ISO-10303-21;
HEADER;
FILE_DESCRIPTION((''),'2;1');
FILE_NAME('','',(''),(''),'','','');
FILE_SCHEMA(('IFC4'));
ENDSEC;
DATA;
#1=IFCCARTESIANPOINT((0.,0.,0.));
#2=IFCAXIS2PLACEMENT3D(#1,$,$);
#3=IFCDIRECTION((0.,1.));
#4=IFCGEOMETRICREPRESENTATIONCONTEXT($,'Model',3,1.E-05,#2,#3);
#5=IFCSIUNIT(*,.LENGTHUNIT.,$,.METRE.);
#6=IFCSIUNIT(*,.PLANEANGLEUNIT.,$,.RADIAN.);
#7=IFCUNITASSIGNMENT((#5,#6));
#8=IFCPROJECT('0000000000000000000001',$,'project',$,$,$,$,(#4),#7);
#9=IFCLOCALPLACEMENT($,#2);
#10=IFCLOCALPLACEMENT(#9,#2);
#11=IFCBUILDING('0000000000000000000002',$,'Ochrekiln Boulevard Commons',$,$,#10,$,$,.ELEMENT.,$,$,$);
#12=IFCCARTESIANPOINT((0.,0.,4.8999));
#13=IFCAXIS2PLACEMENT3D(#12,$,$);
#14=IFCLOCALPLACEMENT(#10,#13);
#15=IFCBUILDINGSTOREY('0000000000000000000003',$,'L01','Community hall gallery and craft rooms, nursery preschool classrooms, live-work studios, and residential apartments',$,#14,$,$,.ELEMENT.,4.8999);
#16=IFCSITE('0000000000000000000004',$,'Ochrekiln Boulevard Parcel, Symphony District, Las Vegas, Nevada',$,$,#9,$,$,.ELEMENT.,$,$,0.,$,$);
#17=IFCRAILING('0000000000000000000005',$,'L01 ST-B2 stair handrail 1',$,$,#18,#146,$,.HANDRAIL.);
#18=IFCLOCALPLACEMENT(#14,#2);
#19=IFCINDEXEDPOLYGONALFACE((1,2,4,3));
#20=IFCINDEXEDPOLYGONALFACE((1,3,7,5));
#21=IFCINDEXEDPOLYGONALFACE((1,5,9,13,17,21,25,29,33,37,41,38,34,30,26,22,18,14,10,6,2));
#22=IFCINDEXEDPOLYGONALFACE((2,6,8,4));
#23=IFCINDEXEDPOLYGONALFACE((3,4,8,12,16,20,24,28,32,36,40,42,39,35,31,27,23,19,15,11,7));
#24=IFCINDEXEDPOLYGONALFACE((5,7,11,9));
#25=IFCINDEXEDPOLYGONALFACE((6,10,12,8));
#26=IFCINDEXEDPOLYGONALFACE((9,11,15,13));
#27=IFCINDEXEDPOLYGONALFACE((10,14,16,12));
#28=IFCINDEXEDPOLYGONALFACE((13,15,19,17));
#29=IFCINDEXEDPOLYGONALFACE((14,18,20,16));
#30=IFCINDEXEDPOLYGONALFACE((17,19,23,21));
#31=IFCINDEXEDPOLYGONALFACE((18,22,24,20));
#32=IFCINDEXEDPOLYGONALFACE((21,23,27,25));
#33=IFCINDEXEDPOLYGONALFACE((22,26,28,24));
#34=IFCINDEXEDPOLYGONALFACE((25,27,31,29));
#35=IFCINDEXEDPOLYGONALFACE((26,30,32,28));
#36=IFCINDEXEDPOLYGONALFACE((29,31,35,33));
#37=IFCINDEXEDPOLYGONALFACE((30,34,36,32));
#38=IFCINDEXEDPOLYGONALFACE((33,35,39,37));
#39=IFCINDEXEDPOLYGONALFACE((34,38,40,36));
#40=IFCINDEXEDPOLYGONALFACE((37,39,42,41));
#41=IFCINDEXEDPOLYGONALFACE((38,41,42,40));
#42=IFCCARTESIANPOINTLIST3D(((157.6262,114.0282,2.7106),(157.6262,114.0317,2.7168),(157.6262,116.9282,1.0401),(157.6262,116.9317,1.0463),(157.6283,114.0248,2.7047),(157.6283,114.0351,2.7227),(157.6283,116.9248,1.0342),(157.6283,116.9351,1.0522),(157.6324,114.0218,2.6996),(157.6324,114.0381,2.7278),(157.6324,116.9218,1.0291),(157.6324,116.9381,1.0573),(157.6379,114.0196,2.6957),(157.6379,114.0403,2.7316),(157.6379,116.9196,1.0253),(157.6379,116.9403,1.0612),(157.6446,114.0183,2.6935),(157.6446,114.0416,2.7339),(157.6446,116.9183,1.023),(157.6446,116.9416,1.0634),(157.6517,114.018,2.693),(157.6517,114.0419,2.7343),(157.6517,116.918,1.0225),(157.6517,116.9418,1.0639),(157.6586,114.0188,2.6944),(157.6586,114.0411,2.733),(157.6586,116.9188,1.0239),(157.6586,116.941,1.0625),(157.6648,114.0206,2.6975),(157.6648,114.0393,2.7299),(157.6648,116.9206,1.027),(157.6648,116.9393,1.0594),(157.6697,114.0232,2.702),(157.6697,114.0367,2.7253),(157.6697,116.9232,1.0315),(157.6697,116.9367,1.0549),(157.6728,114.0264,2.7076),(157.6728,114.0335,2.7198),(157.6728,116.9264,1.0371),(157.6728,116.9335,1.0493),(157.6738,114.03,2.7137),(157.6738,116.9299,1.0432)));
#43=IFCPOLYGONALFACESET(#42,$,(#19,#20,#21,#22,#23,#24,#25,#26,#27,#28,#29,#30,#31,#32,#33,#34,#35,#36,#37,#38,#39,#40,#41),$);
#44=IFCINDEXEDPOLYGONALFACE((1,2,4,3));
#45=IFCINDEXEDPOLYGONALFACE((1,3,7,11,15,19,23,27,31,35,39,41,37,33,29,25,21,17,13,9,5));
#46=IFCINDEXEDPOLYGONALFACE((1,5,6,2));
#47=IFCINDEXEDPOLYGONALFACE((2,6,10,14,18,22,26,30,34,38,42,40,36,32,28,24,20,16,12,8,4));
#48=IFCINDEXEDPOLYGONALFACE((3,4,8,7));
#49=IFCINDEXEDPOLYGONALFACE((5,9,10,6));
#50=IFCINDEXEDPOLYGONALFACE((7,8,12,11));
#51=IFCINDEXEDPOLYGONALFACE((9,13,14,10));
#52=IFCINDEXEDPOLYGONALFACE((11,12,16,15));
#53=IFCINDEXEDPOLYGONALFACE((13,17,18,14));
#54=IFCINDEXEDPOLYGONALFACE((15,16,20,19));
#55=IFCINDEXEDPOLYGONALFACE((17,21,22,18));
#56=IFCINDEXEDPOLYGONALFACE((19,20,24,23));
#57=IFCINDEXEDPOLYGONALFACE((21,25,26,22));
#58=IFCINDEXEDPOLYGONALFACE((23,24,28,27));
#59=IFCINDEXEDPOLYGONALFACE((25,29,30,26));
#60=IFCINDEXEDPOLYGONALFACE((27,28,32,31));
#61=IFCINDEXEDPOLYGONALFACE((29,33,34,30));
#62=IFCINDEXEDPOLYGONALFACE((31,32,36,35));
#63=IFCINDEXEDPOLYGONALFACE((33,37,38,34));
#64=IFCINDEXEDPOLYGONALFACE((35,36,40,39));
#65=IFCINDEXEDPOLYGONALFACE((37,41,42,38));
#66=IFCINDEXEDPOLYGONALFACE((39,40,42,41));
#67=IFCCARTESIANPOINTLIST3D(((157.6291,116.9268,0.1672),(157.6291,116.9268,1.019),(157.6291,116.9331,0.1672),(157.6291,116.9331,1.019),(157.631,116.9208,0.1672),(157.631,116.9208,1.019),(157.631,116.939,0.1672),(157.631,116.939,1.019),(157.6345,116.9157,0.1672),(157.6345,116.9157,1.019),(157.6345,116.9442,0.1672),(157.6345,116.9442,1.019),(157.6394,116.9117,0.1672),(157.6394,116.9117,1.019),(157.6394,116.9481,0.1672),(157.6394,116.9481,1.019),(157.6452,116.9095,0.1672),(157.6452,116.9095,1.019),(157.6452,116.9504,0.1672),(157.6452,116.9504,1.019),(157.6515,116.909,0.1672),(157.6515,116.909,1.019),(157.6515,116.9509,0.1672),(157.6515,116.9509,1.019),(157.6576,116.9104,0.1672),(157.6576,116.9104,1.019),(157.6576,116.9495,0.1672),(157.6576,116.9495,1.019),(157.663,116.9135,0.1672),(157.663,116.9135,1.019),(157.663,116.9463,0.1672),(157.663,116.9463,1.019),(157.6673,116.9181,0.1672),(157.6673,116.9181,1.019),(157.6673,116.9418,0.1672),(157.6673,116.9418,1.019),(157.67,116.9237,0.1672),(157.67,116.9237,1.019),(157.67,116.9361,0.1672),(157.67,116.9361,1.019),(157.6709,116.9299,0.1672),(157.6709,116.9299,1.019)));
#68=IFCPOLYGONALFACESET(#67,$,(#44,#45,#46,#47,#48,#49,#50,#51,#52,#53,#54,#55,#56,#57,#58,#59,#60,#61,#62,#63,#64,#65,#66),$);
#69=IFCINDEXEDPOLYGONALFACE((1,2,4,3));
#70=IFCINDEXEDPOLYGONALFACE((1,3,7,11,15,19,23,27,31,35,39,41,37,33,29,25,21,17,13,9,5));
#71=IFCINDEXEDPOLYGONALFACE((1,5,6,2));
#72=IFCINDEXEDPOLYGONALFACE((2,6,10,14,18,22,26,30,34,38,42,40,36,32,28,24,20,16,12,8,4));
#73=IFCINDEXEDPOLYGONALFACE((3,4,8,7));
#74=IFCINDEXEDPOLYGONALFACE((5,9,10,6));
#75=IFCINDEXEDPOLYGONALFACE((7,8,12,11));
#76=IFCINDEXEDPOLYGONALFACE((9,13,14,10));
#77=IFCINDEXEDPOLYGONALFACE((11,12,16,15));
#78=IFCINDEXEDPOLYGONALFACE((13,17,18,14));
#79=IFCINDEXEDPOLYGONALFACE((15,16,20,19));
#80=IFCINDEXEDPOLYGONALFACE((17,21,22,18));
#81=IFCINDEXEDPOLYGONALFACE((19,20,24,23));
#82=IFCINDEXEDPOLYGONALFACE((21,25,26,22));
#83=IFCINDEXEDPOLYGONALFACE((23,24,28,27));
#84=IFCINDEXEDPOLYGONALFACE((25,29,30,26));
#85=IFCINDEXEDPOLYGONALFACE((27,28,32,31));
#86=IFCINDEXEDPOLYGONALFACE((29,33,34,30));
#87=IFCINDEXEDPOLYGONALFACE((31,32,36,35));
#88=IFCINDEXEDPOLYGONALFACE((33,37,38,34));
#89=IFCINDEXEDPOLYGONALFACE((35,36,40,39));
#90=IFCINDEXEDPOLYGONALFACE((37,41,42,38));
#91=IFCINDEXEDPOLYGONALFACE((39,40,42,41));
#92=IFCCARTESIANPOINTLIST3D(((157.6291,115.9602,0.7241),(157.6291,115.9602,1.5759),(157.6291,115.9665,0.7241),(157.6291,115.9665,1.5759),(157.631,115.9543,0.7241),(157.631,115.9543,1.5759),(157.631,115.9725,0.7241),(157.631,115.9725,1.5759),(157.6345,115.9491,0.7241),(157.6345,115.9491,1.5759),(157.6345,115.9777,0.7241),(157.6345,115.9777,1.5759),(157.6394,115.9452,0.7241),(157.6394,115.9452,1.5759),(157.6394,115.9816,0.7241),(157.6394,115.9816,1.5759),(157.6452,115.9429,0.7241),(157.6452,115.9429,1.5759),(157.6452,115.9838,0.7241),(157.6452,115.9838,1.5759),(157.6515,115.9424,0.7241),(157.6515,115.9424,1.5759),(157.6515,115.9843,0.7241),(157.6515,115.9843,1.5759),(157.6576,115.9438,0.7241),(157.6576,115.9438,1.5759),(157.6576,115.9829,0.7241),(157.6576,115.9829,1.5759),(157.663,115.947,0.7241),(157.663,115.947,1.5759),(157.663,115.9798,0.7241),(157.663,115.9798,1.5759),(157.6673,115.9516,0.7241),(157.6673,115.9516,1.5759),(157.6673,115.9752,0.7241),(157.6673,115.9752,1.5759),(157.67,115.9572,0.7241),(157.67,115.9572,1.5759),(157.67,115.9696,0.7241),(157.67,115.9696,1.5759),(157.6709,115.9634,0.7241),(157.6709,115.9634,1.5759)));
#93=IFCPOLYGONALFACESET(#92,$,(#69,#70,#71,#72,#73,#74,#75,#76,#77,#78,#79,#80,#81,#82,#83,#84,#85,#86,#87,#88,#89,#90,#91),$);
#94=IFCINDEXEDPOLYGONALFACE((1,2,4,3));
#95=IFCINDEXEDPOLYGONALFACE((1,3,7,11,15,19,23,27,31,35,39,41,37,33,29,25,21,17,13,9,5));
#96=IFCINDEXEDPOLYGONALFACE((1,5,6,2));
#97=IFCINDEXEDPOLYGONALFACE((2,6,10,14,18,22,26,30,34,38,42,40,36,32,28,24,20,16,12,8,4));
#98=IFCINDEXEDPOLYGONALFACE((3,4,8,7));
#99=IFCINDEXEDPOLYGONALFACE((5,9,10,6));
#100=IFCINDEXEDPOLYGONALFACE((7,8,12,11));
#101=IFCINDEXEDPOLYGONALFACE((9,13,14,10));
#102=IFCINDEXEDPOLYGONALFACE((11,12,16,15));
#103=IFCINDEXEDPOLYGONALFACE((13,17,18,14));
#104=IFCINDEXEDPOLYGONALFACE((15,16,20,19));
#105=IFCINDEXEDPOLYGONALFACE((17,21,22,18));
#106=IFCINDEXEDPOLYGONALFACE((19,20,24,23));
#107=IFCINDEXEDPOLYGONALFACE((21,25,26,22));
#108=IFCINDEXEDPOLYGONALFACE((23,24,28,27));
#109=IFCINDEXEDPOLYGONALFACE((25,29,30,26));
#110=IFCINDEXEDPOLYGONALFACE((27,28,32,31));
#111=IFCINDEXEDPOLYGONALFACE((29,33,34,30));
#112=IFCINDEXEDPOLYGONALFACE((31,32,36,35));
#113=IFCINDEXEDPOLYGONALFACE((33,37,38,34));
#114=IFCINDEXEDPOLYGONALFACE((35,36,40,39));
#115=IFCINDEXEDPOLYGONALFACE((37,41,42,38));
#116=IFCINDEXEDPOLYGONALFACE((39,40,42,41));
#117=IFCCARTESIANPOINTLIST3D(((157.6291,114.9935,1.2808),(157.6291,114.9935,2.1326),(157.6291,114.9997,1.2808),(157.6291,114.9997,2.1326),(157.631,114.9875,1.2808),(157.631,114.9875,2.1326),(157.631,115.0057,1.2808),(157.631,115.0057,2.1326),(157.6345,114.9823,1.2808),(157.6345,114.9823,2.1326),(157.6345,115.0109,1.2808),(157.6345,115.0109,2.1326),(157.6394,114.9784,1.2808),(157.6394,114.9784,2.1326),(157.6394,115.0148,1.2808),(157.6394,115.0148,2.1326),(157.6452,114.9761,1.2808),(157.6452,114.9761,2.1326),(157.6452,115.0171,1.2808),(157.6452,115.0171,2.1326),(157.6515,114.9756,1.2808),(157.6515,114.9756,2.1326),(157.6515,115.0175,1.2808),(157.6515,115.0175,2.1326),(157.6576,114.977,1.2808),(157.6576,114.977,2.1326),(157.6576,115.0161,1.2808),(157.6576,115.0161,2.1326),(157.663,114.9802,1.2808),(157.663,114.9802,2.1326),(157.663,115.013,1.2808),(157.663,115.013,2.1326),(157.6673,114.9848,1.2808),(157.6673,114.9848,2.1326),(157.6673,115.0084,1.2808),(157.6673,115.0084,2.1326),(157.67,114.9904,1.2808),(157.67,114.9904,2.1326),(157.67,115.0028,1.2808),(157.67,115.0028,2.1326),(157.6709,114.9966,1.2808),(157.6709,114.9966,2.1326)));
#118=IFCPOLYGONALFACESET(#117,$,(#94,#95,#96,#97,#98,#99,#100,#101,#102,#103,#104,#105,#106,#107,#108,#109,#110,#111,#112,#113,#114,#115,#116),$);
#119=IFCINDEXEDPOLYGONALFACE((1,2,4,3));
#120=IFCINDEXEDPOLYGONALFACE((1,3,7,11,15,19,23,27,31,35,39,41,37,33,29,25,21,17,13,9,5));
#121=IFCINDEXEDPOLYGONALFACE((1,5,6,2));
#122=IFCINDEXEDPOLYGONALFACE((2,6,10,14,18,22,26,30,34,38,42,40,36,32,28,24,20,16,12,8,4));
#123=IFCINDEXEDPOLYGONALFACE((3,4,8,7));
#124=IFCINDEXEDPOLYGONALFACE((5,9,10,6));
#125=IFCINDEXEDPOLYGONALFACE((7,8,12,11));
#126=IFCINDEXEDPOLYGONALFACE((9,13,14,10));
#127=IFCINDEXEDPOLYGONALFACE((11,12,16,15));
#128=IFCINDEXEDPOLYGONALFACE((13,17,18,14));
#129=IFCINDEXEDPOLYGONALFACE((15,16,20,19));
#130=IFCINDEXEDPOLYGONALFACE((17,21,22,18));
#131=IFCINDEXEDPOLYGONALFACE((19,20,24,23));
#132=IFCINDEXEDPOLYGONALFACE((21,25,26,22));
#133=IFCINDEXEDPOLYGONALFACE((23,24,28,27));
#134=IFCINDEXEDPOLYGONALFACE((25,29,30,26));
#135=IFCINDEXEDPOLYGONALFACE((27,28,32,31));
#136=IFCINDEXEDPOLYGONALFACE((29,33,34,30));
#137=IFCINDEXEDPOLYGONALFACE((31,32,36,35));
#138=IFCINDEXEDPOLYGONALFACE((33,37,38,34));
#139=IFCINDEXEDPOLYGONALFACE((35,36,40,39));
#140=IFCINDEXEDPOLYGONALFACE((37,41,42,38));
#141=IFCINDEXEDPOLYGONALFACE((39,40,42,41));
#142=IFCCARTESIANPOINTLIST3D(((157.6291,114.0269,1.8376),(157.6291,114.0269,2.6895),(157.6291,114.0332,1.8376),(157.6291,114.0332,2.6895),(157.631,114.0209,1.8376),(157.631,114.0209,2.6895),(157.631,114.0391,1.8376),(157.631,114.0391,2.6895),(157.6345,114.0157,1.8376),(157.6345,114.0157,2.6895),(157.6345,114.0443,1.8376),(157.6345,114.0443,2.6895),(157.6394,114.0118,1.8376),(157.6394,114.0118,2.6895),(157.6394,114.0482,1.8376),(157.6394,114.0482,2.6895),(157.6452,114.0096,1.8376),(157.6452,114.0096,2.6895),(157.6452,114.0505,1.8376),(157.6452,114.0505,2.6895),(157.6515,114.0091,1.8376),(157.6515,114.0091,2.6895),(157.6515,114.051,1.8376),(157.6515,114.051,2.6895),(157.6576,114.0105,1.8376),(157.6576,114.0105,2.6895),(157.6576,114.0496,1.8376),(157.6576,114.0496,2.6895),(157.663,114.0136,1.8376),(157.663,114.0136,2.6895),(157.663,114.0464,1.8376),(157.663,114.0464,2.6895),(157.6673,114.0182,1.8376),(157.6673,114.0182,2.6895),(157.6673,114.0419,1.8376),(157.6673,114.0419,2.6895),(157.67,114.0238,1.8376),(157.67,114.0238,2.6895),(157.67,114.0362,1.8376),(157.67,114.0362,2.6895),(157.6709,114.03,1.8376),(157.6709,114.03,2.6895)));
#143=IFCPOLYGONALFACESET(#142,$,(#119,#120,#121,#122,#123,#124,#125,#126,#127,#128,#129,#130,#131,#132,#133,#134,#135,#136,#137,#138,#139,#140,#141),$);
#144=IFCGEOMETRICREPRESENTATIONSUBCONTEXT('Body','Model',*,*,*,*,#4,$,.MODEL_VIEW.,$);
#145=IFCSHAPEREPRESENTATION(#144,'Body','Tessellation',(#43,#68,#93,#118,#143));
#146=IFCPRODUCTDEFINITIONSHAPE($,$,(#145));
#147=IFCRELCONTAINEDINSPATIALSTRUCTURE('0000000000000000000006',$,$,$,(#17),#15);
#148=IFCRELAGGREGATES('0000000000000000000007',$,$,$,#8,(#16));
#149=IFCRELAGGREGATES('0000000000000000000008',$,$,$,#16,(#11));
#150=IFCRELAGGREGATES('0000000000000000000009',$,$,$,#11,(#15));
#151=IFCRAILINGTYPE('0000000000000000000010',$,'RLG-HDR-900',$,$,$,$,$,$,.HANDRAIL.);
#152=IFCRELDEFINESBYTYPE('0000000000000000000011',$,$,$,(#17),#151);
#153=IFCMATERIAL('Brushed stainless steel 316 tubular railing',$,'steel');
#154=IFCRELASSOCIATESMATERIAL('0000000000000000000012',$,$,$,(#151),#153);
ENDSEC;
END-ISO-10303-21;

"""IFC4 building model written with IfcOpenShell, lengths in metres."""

from ifc_helpers import new_model, si_unit, direction, frame, origin, origin_2d, place, context, subcontext, project, spatial, circle, extrude, material, type_object, element, save


model = new_model("IFC4")

# Units and contexts
model_context = context("Model", 3, precision=1e-05, world=origin(), true_north=direction((0.0, 1.0)))
body_context = subcontext(model_context, "Body", "Model", "MODEL_VIEW")
ifc_project = project(units=[si_unit("LENGTHUNIT", "METRE"), si_unit("PLANEANGLEUNIT", "RADIAN")], contexts=[model_context])

# Site, building, storey
site_placement = place(None, origin())
site = spatial("IfcSite", under=ifc_project, at=site_placement, Name="Ochrekiln Boulevard Parcel, Symphony District, Las Vegas, Nevada", CompositionType="ELEMENT", RefElevation=0.0)
building_placement = place(site_placement, origin())
building = spatial("IfcBuilding", under=site, at=building_placement, Name="Ochrekiln Boulevard Commons", CompositionType="ELEMENT")
storey_placement = place(building_placement, frame((0.0, 0.0, 4.8999)))
storey = spatial("IfcBuildingStorey", under=building, at=storey_placement, Name="L01", Description="Community hall gallery and craft rooms, nursery preschool classrooms, live-work studios, and residential apartments", CompositionType="ELEMENT", Elevation=4.8999)

# Railing
ifc_material_1 = material(Name="Brushed stainless steel 316 tubular railing", Category="steel")
railing_type_1 = type_object("IfcRailingType", Name="RLG-HDR-900", PredefinedType="HANDRAIL", material=ifc_material_1)
railing_1_placement = place(storey_placement, frame((157.6499, 116.9299, 0.1672)))
element("IfcRailing", 1, at=railing_1_placement, inside=storey, type_object=railing_type_1, Name="L01 ST-B2 stair handrail 1", PredefinedType="HANDRAIL", context=body_context, shape_type="SweptSolid", body=[
    extrude(circle(Radius=0.0239, at=origin_2d()), frame((0.0, 0.0, 0.876), z_axis=(0.0, -0.866523, 0.499137), x_axis=(1.0, 0.0, 0.0)), (0.0, 0.0, 1.0), 3.3467),
    extrude(circle(Radius=0.021, at=origin_2d()), origin(), (0.0, 0.0, 1.0), 0.8518),
    extrude(circle(Radius=0.021, at=origin_2d()), frame((0.0, -0.9666, 0.5569)), (0.0, 0.0, 1.0), 0.8518),
    extrude(circle(Radius=0.021, at=origin_2d()), frame((0.0, -1.9333, 1.1135)), (0.0, 0.0, 1.0), 0.8518),
    extrude(circle(Radius=0.021, at=origin_2d()), frame((0.0, -2.8999, 1.6704)), (0.0, 0.0, 1.0), 0.8518),
])

save(model, "model.ifc")
